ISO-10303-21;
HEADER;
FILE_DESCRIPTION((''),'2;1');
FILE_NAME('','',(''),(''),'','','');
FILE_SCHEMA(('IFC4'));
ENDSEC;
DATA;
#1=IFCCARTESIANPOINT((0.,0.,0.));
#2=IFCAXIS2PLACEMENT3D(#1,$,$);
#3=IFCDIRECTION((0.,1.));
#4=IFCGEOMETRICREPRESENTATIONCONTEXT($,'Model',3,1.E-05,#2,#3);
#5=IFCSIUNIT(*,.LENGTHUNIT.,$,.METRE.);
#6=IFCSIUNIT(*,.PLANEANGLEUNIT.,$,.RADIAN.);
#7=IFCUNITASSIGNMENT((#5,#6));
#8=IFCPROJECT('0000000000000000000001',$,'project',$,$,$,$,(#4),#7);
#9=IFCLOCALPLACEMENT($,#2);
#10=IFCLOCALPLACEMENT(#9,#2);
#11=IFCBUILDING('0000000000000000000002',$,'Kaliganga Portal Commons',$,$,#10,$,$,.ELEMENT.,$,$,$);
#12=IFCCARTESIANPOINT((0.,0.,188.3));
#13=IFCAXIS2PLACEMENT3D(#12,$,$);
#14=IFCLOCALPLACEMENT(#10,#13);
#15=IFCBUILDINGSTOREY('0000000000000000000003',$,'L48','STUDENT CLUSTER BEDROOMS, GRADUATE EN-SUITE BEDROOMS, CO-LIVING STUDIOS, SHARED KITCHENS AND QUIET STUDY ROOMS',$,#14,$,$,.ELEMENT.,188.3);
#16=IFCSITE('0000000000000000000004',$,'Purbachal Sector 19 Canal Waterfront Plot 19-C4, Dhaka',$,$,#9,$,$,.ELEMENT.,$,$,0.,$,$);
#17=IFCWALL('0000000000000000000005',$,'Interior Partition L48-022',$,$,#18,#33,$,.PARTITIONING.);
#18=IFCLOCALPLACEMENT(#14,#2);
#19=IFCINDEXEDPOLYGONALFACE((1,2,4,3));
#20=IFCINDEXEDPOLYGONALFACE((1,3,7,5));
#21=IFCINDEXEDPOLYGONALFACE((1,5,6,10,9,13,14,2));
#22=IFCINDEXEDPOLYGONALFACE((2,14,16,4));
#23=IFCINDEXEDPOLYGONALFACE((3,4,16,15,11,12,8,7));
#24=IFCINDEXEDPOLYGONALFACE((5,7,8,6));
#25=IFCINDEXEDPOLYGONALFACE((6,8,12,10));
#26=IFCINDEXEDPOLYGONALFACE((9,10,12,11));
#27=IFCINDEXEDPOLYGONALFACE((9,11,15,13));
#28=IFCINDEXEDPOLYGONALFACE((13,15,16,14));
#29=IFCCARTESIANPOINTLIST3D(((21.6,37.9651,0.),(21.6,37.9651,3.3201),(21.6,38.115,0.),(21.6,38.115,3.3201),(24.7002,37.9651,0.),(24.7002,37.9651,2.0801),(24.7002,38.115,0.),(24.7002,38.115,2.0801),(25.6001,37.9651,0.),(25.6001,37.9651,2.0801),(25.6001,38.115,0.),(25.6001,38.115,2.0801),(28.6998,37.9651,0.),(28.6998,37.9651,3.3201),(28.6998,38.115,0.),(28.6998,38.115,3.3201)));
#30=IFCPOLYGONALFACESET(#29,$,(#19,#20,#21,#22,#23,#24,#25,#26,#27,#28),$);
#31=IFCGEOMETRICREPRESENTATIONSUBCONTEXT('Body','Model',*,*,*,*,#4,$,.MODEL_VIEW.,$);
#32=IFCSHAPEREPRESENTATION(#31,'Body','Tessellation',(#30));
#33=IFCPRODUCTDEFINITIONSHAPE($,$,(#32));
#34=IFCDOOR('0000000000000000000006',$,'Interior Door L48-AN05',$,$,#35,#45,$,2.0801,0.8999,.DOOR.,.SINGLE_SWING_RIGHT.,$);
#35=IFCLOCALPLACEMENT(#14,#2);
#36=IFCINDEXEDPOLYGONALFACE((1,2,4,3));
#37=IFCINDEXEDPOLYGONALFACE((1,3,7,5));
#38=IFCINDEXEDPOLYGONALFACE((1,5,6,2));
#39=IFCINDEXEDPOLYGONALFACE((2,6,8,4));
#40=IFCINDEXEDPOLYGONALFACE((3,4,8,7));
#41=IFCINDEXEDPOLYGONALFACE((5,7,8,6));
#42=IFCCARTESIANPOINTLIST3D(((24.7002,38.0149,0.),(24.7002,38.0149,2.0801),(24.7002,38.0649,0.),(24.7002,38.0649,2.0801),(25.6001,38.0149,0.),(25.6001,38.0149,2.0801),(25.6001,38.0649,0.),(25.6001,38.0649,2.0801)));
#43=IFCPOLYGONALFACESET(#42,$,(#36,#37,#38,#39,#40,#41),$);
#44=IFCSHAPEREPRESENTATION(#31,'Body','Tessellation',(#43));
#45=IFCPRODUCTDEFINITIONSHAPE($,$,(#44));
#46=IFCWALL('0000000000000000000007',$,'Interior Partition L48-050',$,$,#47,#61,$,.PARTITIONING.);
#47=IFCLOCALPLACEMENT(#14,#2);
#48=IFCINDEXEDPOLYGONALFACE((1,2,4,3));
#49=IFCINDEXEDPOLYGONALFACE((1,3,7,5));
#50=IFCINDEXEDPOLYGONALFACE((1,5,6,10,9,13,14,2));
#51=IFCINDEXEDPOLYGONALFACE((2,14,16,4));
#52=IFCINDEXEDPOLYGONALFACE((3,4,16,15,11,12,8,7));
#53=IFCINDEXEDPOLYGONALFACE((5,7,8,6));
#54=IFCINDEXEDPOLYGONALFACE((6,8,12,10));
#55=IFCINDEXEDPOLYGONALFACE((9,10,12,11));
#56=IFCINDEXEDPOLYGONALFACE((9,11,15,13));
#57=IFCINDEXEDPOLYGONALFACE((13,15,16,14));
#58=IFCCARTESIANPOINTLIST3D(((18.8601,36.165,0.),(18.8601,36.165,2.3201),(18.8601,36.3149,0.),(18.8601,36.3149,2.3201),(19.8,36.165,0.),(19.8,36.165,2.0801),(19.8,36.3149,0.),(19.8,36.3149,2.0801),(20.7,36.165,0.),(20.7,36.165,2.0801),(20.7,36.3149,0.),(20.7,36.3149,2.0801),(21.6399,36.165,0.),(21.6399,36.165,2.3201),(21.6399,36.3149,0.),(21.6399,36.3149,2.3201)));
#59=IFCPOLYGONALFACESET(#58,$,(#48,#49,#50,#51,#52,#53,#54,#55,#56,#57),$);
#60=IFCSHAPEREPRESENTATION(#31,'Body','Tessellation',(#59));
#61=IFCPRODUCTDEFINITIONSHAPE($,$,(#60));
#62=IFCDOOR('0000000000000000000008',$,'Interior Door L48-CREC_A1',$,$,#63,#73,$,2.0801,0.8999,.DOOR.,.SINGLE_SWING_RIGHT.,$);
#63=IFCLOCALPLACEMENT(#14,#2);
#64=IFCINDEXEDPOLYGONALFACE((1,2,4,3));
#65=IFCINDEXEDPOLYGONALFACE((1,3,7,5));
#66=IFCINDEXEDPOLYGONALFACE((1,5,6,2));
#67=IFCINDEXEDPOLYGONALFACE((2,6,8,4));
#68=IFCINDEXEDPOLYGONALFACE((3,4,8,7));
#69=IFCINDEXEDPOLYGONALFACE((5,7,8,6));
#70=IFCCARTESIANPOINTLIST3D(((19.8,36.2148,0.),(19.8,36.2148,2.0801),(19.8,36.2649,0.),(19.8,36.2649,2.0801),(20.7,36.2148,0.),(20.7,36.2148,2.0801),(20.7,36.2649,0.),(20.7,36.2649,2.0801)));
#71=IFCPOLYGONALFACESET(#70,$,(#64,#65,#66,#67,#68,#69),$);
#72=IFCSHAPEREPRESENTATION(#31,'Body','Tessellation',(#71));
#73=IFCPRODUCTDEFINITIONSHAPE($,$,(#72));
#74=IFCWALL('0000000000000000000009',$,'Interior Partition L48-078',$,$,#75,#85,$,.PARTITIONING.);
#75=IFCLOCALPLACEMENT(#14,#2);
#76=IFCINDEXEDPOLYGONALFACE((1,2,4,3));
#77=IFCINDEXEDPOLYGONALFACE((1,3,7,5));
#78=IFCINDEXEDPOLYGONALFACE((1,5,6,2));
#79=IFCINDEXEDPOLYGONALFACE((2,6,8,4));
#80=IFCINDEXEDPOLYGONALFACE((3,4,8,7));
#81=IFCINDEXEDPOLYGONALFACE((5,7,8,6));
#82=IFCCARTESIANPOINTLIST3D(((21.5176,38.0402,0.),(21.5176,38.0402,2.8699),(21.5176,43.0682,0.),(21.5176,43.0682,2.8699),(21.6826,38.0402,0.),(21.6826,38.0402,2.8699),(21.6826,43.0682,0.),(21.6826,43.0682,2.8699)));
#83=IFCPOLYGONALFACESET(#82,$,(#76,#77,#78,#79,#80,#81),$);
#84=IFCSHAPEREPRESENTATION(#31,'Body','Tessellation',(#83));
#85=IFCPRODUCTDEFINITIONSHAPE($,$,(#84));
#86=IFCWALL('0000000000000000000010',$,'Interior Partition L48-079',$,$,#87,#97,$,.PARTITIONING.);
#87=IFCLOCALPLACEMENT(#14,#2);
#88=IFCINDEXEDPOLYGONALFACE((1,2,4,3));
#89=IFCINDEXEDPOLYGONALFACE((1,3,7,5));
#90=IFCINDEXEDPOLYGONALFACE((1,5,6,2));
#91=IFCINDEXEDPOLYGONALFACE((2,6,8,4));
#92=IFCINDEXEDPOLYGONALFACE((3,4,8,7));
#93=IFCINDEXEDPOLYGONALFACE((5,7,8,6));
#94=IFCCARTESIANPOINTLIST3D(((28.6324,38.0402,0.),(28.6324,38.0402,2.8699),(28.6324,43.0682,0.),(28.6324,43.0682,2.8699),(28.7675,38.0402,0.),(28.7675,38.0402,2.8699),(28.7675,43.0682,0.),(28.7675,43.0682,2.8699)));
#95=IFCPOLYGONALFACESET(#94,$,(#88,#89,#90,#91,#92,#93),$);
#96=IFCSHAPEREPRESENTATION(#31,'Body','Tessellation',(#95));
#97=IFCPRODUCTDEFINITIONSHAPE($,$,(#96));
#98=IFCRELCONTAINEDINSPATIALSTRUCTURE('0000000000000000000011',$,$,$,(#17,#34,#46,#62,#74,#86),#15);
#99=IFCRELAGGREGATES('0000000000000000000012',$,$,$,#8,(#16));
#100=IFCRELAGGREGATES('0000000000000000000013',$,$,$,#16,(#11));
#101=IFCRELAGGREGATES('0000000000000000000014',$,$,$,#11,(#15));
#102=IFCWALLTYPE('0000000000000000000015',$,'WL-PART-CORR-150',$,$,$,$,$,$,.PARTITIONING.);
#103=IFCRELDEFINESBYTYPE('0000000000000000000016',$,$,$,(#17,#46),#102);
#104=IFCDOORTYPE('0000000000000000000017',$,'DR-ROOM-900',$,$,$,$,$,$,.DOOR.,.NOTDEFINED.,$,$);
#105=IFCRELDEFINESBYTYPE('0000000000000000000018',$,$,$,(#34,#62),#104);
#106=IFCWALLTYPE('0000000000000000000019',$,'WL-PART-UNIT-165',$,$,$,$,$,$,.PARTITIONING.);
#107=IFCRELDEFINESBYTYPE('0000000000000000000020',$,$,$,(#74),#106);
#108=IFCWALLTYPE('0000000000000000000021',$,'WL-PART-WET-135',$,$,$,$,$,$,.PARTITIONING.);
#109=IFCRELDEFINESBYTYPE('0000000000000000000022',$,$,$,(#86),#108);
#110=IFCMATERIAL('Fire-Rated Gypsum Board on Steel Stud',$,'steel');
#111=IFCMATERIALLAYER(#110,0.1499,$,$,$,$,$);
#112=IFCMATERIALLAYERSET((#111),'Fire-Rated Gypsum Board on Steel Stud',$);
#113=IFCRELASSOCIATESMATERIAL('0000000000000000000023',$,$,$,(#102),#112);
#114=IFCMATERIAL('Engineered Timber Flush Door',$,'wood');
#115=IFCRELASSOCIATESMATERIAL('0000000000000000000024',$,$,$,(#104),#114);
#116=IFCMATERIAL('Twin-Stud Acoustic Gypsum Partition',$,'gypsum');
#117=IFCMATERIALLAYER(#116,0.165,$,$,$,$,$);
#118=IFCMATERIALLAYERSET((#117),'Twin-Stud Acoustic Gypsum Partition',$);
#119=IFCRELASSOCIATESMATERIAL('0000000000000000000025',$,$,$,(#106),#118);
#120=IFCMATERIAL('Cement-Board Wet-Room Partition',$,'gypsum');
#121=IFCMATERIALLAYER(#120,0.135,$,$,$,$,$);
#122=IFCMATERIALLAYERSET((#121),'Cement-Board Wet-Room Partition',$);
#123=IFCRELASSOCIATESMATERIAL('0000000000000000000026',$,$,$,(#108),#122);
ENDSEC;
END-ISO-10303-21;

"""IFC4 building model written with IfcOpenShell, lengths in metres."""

from ifc_helpers import new_model, si_unit, direction, frame, frame_2d, origin, place, context, subcontext, project, spatial, rectangle, extrude, material, layer, layer_set, type_object, element, fill, save


model = new_model("IFC4")

# Units and contexts
model_context = context("Model", 3, precision=1e-05, world=origin(), true_north=direction((0.0, 1.0)))
body_context = subcontext(model_context, "Body", "Model", "MODEL_VIEW")
ifc_project = project(units=[si_unit("LENGTHUNIT", "METRE"), si_unit("PLANEANGLEUNIT", "RADIAN")], contexts=[model_context])

# Site, building, storey
site_placement = place(None, origin())
site = spatial("IfcSite", under=ifc_project, at=site_placement, Name="Purbachal Sector 19 Canal Waterfront Plot 19-C4, Dhaka", CompositionType="ELEMENT", RefElevation=0.0)
building_placement = place(site_placement, origin())
building = spatial("IfcBuilding", under=site, at=building_placement, Name="Kaliganga Portal Commons", CompositionType="ELEMENT")
storey_placement = place(building_placement, frame((0.0, 0.0, 188.3)))
storey = spatial("IfcBuildingStorey", under=building, at=storey_placement, Name="L48", Description="STUDENT CLUSTER BEDROOMS, GRADUATE EN-SUITE BEDROOMS, CO-LIVING STUDIOS, SHARED KITCHENS AND QUIET STUDY ROOMS", CompositionType="ELEMENT", Elevation=188.3)

# Walls, openings, doors
ifc_material_1 = material(Name="Fire-Rated Gypsum Board on Steel Stud", Category="steel")
ifc_layer_1 = layer(ifc_material_1, 0.1499)
ifc_layer_set_1 = layer_set([ifc_layer_1], Name="Fire-Rated Gypsum Board on Steel Stud")
wall_type_1 = type_object("IfcWallType", Name="WL-PART-CORR-150", PredefinedType="PARTITIONING", material=ifc_layer_set_1)
wall_1_placement = place(storey_placement, frame((21.6001, 38.04, 0.0), z_axis=(0.0, 0.0, 1.0), x_axis=(1.0, 0.0, 0.0)))
wall_1 = element("IfcWall", 1, at=wall_1_placement, inside=storey, type_object=wall_type_1, Name="Interior Partition L48-022", PredefinedType="PARTITIONING", context=body_context, shape_type="SweptSolid", body=[
    extrude(rectangle(XDim=7.0999, YDim=0.1499, at=frame_2d((3.5498, 0.0))), origin(), (0.0, 0.0, 1.0), 3.3201),
])
opening_1_placement = place(wall_1_placement, frame((3.1001, 0.0, 0.0)))
opening_1 = element("IfcOpeningElement", 2, at=opening_1_placement, cuts=wall_1, PredefinedType="OPENING", context=body_context, shape_type="SweptSolid", body=[
    extrude(rectangle(XDim=0.8999, YDim=2.0801, at=frame_2d((0.45, 1.04))), frame((0.0, 0.085, 0.0), z_axis=(0.0, -1.0, 0.0), x_axis=(1.0, 0.0, 0.0)), (0.0, 0.0, 1.0), 0.1699),
])
ifc_material_2 = material(Name="Engineered Timber Flush Door", Category="wood")
door_type_1 = type_object("IfcDoorType", Name="DR-ROOM-900", OperationType="NOTDEFINED", PredefinedType="DOOR", material=ifc_material_2)
door_1_placement = place(opening_1_placement, origin())
door_1 = element("IfcDoor", 3, at=door_1_placement, inside=storey, type_object=door_type_1, Name="Interior Door L48-AN05", OperationType="SINGLE_SWING_RIGHT", OverallHeight=2.0801, OverallWidth=0.8999, PredefinedType="DOOR", context=body_context, shape_type="SweptSolid", body=[
    extrude(rectangle(XDim=0.8999, YDim=2.0801, at=frame_2d((0.45, 1.04))), frame((0.0, 0.0249, 0.0), z_axis=(0.0, -1.0, 0.0), x_axis=(1.0, 0.0, 0.0)), (0.0, 0.0, 1.0), 0.05),
])
fill(opening_1, door_1)
wall_2_placement = place(storey_placement, frame((18.8601, 36.24, 0.0), z_axis=(0.0, 0.0, 1.0), x_axis=(1.0, 0.0, 0.0)))
wall_2 = element("IfcWall", 4, at=wall_2_placement, inside=storey, type_object=wall_type_1, Name="Interior Partition L48-050", PredefinedType="PARTITIONING", context=body_context, shape_type="SweptSolid", body=[
    extrude(rectangle(XDim=2.7798, YDim=0.1499, at=frame_2d((1.3899, 0.0))), origin(), (0.0, 0.0, 1.0), 2.3201),
])
opening_2_placement = place(wall_2_placement, frame((0.9399, 0.0, 0.0)))
opening_2 = element("IfcOpeningElement", 5, at=opening_2_placement, cuts=wall_2, PredefinedType="OPENING", context=body_context, shape_type="SweptSolid", body=[
    extrude(rectangle(XDim=0.8999, YDim=2.0801, at=frame_2d((0.45, 1.04))), frame((0.0, 0.085, 0.0), z_axis=(0.0, -1.0, 0.0), x_axis=(1.0, 0.0, 0.0)), (0.0, 0.0, 1.0), 0.1699),
])
door_2_placement = place(opening_2_placement, origin())
door_2 = element("IfcDoor", 6, at=door_2_placement, inside=storey, type_object=door_type_1, Name="Interior Door L48-CREC_A1", OperationType="SINGLE_SWING_RIGHT", OverallHeight=2.0801, OverallWidth=0.8999, PredefinedType="DOOR", context=body_context, shape_type="SweptSolid", body=[
    extrude(rectangle(XDim=0.8999, YDim=2.0801, at=frame_2d((0.45, 1.04))), frame((0.0, 0.0249, 0.0), z_axis=(0.0, -1.0, 0.0), x_axis=(1.0, 0.0, 0.0)), (0.0, 0.0, 1.0), 0.05),
])
fill(opening_2, door_2)

# Walls
ifc_material_3 = material(Name="Twin-Stud Acoustic Gypsum Partition", Category="gypsum")
ifc_layer_2 = layer(ifc_material_3, 0.165)
ifc_layer_set_2 = layer_set([ifc_layer_2], Name="Twin-Stud Acoustic Gypsum Partition")
wall_type_2 = type_object("IfcWallType", Name="WL-PART-UNIT-165", PredefinedType="PARTITIONING", material=ifc_layer_set_2)
wall_3_placement = place(storey_placement, frame((21.6001, 38.04, 0.0), z_axis=(0.0, 0.0, 1.0), x_axis=(0.0, 1.0, 0.0)))
element("IfcWall", 7, at=wall_3_placement, inside=storey, type_object=wall_type_2, Name="Interior Partition L48-078", PredefinedType="PARTITIONING", context=body_context, shape_type="SweptSolid", body=[
    extrude(rectangle(XDim=5.0281, YDim=0.165, at=frame_2d((2.5142, 0.0))), origin(), (0.0, 0.0, 1.0), 2.8699),
])
ifc_material_4 = material(Name="Cement-Board Wet-Room Partition", Category="gypsum")
ifc_layer_3 = layer(ifc_material_4, 0.135)
ifc_layer_set_3 = layer_set([ifc_layer_3], Name="Cement-Board Wet-Room Partition")
wall_type_3 = type_object("IfcWallType", Name="WL-PART-WET-135", PredefinedType="PARTITIONING", material=ifc_layer_set_3)
wall_4_placement = place(storey_placement, frame((28.7, 38.04, 0.0), z_axis=(0.0, 0.0, 1.0), x_axis=(0.0, 1.0, 0.0)))
element("IfcWall", 8, at=wall_4_placement, inside=storey, type_object=wall_type_3, Name="Interior Partition L48-079", PredefinedType="PARTITIONING", context=body_context, shape_type="SweptSolid", body=[
    extrude(rectangle(XDim=5.0281, YDim=0.135, at=frame_2d((2.5142, 0.0))), origin(), (0.0, 0.0, 1.0), 2.8699),
])

save(model, "model.ifc")
